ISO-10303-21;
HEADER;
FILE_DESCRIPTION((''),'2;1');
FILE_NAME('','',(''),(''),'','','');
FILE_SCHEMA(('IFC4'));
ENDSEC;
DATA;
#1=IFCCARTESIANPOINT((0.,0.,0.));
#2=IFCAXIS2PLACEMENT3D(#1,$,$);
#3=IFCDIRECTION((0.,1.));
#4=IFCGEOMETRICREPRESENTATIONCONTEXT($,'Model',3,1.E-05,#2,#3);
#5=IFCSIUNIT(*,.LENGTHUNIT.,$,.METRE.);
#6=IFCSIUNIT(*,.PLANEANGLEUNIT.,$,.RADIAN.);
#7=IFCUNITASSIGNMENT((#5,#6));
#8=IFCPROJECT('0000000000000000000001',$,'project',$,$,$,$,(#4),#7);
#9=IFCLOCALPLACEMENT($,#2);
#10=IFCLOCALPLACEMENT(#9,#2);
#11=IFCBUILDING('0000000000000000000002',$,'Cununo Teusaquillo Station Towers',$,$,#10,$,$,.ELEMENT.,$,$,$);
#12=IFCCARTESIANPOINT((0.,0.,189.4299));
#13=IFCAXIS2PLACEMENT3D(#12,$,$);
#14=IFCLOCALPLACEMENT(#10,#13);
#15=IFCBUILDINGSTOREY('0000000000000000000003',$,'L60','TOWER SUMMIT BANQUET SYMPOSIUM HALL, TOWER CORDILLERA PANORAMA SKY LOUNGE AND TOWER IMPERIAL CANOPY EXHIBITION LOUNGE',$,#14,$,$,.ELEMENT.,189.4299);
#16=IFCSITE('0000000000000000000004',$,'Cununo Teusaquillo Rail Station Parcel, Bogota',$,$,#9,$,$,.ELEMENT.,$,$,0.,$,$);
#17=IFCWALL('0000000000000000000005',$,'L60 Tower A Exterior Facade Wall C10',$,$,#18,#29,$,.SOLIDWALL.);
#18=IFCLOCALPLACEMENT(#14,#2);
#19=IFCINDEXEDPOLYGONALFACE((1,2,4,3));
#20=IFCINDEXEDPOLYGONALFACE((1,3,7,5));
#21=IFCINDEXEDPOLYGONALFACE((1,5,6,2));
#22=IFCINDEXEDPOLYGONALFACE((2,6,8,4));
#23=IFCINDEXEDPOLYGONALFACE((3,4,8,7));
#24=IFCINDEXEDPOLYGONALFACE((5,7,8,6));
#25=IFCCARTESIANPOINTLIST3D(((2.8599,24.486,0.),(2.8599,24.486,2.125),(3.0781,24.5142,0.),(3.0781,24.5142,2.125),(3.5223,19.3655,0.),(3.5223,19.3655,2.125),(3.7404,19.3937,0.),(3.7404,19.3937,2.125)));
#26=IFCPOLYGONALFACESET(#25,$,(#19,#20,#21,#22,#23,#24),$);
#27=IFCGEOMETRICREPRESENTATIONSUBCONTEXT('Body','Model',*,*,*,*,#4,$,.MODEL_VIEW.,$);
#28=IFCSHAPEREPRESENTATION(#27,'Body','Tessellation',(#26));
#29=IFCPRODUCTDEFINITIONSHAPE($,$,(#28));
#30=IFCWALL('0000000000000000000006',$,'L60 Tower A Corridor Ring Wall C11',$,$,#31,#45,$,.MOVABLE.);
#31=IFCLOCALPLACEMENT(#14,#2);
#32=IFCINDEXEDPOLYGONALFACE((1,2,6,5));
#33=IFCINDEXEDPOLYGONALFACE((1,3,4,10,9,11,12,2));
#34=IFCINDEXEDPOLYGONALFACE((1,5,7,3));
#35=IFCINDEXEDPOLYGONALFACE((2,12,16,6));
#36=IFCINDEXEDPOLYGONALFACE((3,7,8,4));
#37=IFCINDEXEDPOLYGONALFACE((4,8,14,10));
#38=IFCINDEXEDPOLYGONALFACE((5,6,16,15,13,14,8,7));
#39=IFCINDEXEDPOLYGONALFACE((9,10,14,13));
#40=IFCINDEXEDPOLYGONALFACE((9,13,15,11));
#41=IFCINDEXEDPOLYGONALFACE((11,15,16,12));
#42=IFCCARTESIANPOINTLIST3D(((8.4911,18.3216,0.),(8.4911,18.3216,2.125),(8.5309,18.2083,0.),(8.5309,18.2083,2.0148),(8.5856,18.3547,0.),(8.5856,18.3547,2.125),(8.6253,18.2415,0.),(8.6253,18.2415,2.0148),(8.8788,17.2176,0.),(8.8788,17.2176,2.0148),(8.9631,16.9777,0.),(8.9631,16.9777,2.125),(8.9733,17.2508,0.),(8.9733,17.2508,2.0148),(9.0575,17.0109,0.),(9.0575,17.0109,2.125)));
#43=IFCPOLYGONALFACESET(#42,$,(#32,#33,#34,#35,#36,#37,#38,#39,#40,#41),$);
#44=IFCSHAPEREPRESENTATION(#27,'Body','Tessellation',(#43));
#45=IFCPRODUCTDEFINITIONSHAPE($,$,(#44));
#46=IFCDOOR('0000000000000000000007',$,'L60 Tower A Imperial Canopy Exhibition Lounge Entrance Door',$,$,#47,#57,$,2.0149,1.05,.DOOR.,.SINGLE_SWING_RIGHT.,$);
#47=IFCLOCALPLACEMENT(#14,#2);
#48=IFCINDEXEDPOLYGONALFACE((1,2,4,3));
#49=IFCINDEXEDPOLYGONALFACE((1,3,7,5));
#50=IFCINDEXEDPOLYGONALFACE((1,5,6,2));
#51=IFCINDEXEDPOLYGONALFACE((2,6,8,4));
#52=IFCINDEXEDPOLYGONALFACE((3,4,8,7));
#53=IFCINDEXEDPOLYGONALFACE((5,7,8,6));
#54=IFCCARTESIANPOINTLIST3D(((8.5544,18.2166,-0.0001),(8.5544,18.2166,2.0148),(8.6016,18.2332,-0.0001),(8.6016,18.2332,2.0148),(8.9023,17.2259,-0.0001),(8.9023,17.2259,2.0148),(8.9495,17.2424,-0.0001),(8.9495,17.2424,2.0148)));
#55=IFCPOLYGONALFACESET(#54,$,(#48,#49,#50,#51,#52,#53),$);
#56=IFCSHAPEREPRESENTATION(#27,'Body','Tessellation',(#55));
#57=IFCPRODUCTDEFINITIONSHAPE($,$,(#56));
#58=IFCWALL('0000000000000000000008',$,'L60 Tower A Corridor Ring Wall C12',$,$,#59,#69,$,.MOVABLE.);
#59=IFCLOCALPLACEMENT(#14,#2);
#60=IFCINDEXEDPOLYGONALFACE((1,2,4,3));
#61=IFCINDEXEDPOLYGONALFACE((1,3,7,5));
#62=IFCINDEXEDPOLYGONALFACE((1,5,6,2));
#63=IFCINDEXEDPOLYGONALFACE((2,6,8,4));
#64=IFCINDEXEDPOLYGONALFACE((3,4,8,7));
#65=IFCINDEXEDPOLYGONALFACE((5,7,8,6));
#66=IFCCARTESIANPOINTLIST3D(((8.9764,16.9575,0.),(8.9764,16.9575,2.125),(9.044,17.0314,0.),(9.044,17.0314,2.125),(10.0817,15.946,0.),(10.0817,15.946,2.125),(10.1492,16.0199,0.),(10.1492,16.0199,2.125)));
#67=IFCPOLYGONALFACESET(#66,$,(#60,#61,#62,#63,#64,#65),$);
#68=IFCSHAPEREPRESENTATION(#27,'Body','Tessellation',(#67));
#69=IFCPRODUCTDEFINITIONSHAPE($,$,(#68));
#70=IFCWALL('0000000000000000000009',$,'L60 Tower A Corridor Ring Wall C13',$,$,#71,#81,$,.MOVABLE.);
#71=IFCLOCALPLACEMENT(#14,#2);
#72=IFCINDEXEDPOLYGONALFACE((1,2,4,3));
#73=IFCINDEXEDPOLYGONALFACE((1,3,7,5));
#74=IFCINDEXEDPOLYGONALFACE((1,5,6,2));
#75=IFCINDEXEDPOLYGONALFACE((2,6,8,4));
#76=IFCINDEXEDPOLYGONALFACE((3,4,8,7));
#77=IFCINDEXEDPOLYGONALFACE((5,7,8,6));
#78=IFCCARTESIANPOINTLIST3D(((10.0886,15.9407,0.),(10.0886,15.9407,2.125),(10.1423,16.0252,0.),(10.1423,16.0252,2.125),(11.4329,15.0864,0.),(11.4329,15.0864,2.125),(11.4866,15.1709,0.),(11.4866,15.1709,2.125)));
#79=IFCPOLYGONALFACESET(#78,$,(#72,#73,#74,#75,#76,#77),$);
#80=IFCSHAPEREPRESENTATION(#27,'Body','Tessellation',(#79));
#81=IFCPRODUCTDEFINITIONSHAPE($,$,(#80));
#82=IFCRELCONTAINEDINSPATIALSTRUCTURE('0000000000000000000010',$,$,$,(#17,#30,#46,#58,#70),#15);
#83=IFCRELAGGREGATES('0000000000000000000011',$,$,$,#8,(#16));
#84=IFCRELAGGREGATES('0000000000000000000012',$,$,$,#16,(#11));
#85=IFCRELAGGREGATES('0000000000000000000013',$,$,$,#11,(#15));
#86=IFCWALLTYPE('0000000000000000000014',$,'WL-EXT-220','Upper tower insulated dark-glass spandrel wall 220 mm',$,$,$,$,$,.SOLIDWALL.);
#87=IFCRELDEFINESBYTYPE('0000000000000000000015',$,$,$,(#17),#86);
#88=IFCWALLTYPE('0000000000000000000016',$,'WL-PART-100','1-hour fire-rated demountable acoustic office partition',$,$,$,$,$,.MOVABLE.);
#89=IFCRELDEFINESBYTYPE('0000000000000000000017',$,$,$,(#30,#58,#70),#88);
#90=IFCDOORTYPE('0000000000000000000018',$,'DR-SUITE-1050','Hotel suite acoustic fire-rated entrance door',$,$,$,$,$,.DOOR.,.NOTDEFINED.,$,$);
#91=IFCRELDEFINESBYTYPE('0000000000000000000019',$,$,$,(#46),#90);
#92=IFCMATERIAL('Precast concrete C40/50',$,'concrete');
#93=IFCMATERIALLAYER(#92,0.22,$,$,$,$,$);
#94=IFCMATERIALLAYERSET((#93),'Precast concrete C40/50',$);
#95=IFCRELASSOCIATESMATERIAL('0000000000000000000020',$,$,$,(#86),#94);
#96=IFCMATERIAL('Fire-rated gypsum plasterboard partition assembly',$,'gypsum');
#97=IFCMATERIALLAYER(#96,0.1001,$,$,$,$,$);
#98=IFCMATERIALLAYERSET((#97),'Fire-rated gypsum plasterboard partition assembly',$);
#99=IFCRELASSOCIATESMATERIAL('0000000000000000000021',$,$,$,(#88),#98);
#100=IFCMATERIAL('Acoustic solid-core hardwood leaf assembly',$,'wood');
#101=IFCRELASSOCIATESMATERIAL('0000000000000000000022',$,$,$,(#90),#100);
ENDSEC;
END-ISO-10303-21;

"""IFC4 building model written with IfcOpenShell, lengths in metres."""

from ifc_helpers import new_model, si_unit, direction, frame, frame_2d, origin, place, context, subcontext, project, spatial, rectangle, extrude, source, transform, mapped, material, layer, layer_set, type_object, element, fill, save


model = new_model("IFC4")

# Units and contexts
model_context = context("Model", 3, precision=1e-05, world=origin(), true_north=direction((0.0, 1.0)))
body_context = subcontext(model_context, "Body", "Model", "MODEL_VIEW")
ifc_project = project(units=[si_unit("LENGTHUNIT", "METRE"), si_unit("PLANEANGLEUNIT", "RADIAN")], contexts=[model_context])

# Site, building, storey
site_placement = place(None, origin())
site = spatial("IfcSite", under=ifc_project, at=site_placement, Name="Cununo Teusaquillo Rail Station Parcel, Bogota", CompositionType="ELEMENT", RefElevation=0.0)
building_placement = place(site_placement, origin())
building = spatial("IfcBuilding", under=site, at=building_placement, Name="Cununo Teusaquillo Station Towers", CompositionType="ELEMENT")
storey_placement = place(building_placement, frame((0.0, 0.0, 189.4299)))
storey = spatial("IfcBuildingStorey", under=building, at=storey_placement, Name="L60", Description="TOWER SUMMIT BANQUET SYMPOSIUM HALL, TOWER CORDILLERA PANORAMA SKY LOUNGE AND TOWER IMPERIAL CANOPY EXHIBITION LOUNGE", CompositionType="ELEMENT", Elevation=189.4299)

# Wall
ifc_material_1 = material(Name="Precast concrete C40/50", Category="concrete")
ifc_layer_1 = layer(ifc_material_1, 0.22)
ifc_layer_set_1 = layer_set([ifc_layer_1], Name="Precast concrete C40/50")
wall_type_1 = type_object("IfcWallType", Name="WL-EXT-220", Description="Upper tower insulated dark-glass spandrel wall 220 mm", PredefinedType="SOLIDWALL", material=ifc_layer_set_1)
wall_1_placement = place(storey_placement, frame((3.6313, 19.3796, 0.0), z_axis=(0.0, 0.0, 1.0), x_axis=(-0.128288, 0.991737, 0.0)))
element("IfcWall", 1, at=wall_1_placement, inside=storey, type_object=wall_type_1, Name="L60 Tower A Exterior Facade Wall C10", PredefinedType="SOLIDWALL", context=body_context, shape_type="SweptSolid", body=[
    extrude(rectangle(XDim=5.1631, YDim=0.22, at=frame_2d((2.5815, 0.0))), origin(), (0.0, 0.0, 1.0), 2.125),
])

# Wall, opening, door
ifc_material_2 = material(Name="Fire-rated gypsum plasterboard partition assembly", Category="gypsum")
ifc_layer_2 = layer(ifc_material_2, 0.1001)
ifc_layer_set_2 = layer_set([ifc_layer_2], Name="Fire-rated gypsum plasterboard partition assembly")
wall_type_2 = type_object("IfcWallType", Name="WL-PART-100", Description="1-hour fire-rated demountable acoustic office partition", PredefinedType="MOVABLE", material=ifc_layer_set_2)
wall_2_placement = place(storey_placement, frame((8.5383, 18.3381, 0.0), z_axis=(0.0, 0.0, 1.0), x_axis=(0.331358, -0.943505, 0.0)))
wall_2 = element("IfcWall", 2, at=wall_2_placement, inside=storey, type_object=wall_type_2, Name="L60 Tower A Corridor Ring Wall C11", PredefinedType="MOVABLE", context=body_context, shape_type="SweptSolid", body=[
    extrude(rectangle(XDim=1.4243, YDim=0.1001, at=frame_2d((0.7122, 0.0))), origin(), (0.0, 0.0, 1.0), 2.125),
])
shared_shape_1 = source(origin(), body_context, "Body", "SweptSolid", [
    extrude(rectangle(XDim=1.05, YDim=2.0149, at=frame_2d((0.5249, 1.0073))), frame((0.0, 0.0601, 0.0), z_axis=(0.0, -1.0, 0.0), x_axis=(1.0, 0.0, 0.0)), (0.0, 0.0, 1.0), 0.1201),
])
opening_1_placement = place(wall_2_placement, frame((0.1201, 0.0, 0.0)))
opening_1 = element("IfcOpeningElement", 3, at=opening_1_placement, cuts=wall_2, PredefinedType="OPENING", context=body_context, shape_type="MappedRepresentation", body=[
    mapped(shared_shape_1, transform((0.0, 0.0, 0.0), x_axis=(1.0, 0.0, 0.0), y_axis=(0.0, 1.0, 0.0), z_axis=(0.0, 0.0, 1.0), scale=1.0)),
])
ifc_material_3 = material(Name="Acoustic solid-core hardwood leaf assembly", Category="wood")
door_type_1 = type_object("IfcDoorType", Name="DR-SUITE-1050", Description="Hotel suite acoustic fire-rated entrance door", OperationType="NOTDEFINED", PredefinedType="DOOR", material=ifc_material_3)
shared_shape_2 = source(origin(), body_context, "Body", "SweptSolid", [
    extrude(rectangle(XDim=1.05, YDim=2.0149, at=frame_2d((0.5249, 1.0073))), frame((0.0, 0.0249, 0.0), z_axis=(0.0, -1.0, 0.0), x_axis=(1.0, 0.0, 0.0)), (0.0, 0.0, 1.0), 0.05),
])
door_1_placement = place(opening_1_placement, origin())
door_1 = element("IfcDoor", 4, at=door_1_placement, inside=storey, type_object=door_type_1, Name="L60 Tower A Imperial Canopy Exhibition Lounge Entrance Door", OperationType="SINGLE_SWING_RIGHT", OverallHeight=2.0149, OverallWidth=1.05, PredefinedType="DOOR", context=body_context, shape_type="MappedRepresentation", body=[
    mapped(shared_shape_2, transform((0.0, 0.0, 0.0), x_axis=(1.0, 0.0, 0.0), y_axis=(0.0, 1.0, 0.0), z_axis=(0.0, 0.0, 1.0), scale=1.0)),
])
fill(opening_1, door_1)

# Walls
wall_3_placement = place(storey_placement, frame((9.0103, 16.9944, 0.0), z_axis=(0.0, 0.0, 1.0), x_axis=(0.737702, -0.675127, 0.0)))
element("IfcWall", 5, at=wall_3_placement, inside=storey, type_object=wall_type_2, Name="L60 Tower A Corridor Ring Wall C12", PredefinedType="MOVABLE", context=body_context, shape_type="SweptSolid", body=[
    extrude(rectangle(XDim=1.4983, YDim=0.1001, at=frame_2d((0.749, 0.0))), origin(), (0.0, 0.0, 1.0), 2.125),
])
wall_4_placement = place(storey_placement, frame((10.1155, 15.9829, 0.0), z_axis=(0.0, 0.0, 1.0), x_axis=(0.843996, -0.53635, 0.0)))
element("IfcWall", 6, at=wall_4_placement, inside=storey, type_object=wall_type_2, Name="L60 Tower A Corridor Ring Wall C13", PredefinedType="MOVABLE", context=body_context, shape_type="SweptSolid", body=[
    extrude(rectangle(XDim=1.5928, YDim=0.1001, at=frame_2d((0.7964, 0.0))), origin(), (0.0, 0.0, 1.0), 2.125),
])

save(model, "model.ifc")
